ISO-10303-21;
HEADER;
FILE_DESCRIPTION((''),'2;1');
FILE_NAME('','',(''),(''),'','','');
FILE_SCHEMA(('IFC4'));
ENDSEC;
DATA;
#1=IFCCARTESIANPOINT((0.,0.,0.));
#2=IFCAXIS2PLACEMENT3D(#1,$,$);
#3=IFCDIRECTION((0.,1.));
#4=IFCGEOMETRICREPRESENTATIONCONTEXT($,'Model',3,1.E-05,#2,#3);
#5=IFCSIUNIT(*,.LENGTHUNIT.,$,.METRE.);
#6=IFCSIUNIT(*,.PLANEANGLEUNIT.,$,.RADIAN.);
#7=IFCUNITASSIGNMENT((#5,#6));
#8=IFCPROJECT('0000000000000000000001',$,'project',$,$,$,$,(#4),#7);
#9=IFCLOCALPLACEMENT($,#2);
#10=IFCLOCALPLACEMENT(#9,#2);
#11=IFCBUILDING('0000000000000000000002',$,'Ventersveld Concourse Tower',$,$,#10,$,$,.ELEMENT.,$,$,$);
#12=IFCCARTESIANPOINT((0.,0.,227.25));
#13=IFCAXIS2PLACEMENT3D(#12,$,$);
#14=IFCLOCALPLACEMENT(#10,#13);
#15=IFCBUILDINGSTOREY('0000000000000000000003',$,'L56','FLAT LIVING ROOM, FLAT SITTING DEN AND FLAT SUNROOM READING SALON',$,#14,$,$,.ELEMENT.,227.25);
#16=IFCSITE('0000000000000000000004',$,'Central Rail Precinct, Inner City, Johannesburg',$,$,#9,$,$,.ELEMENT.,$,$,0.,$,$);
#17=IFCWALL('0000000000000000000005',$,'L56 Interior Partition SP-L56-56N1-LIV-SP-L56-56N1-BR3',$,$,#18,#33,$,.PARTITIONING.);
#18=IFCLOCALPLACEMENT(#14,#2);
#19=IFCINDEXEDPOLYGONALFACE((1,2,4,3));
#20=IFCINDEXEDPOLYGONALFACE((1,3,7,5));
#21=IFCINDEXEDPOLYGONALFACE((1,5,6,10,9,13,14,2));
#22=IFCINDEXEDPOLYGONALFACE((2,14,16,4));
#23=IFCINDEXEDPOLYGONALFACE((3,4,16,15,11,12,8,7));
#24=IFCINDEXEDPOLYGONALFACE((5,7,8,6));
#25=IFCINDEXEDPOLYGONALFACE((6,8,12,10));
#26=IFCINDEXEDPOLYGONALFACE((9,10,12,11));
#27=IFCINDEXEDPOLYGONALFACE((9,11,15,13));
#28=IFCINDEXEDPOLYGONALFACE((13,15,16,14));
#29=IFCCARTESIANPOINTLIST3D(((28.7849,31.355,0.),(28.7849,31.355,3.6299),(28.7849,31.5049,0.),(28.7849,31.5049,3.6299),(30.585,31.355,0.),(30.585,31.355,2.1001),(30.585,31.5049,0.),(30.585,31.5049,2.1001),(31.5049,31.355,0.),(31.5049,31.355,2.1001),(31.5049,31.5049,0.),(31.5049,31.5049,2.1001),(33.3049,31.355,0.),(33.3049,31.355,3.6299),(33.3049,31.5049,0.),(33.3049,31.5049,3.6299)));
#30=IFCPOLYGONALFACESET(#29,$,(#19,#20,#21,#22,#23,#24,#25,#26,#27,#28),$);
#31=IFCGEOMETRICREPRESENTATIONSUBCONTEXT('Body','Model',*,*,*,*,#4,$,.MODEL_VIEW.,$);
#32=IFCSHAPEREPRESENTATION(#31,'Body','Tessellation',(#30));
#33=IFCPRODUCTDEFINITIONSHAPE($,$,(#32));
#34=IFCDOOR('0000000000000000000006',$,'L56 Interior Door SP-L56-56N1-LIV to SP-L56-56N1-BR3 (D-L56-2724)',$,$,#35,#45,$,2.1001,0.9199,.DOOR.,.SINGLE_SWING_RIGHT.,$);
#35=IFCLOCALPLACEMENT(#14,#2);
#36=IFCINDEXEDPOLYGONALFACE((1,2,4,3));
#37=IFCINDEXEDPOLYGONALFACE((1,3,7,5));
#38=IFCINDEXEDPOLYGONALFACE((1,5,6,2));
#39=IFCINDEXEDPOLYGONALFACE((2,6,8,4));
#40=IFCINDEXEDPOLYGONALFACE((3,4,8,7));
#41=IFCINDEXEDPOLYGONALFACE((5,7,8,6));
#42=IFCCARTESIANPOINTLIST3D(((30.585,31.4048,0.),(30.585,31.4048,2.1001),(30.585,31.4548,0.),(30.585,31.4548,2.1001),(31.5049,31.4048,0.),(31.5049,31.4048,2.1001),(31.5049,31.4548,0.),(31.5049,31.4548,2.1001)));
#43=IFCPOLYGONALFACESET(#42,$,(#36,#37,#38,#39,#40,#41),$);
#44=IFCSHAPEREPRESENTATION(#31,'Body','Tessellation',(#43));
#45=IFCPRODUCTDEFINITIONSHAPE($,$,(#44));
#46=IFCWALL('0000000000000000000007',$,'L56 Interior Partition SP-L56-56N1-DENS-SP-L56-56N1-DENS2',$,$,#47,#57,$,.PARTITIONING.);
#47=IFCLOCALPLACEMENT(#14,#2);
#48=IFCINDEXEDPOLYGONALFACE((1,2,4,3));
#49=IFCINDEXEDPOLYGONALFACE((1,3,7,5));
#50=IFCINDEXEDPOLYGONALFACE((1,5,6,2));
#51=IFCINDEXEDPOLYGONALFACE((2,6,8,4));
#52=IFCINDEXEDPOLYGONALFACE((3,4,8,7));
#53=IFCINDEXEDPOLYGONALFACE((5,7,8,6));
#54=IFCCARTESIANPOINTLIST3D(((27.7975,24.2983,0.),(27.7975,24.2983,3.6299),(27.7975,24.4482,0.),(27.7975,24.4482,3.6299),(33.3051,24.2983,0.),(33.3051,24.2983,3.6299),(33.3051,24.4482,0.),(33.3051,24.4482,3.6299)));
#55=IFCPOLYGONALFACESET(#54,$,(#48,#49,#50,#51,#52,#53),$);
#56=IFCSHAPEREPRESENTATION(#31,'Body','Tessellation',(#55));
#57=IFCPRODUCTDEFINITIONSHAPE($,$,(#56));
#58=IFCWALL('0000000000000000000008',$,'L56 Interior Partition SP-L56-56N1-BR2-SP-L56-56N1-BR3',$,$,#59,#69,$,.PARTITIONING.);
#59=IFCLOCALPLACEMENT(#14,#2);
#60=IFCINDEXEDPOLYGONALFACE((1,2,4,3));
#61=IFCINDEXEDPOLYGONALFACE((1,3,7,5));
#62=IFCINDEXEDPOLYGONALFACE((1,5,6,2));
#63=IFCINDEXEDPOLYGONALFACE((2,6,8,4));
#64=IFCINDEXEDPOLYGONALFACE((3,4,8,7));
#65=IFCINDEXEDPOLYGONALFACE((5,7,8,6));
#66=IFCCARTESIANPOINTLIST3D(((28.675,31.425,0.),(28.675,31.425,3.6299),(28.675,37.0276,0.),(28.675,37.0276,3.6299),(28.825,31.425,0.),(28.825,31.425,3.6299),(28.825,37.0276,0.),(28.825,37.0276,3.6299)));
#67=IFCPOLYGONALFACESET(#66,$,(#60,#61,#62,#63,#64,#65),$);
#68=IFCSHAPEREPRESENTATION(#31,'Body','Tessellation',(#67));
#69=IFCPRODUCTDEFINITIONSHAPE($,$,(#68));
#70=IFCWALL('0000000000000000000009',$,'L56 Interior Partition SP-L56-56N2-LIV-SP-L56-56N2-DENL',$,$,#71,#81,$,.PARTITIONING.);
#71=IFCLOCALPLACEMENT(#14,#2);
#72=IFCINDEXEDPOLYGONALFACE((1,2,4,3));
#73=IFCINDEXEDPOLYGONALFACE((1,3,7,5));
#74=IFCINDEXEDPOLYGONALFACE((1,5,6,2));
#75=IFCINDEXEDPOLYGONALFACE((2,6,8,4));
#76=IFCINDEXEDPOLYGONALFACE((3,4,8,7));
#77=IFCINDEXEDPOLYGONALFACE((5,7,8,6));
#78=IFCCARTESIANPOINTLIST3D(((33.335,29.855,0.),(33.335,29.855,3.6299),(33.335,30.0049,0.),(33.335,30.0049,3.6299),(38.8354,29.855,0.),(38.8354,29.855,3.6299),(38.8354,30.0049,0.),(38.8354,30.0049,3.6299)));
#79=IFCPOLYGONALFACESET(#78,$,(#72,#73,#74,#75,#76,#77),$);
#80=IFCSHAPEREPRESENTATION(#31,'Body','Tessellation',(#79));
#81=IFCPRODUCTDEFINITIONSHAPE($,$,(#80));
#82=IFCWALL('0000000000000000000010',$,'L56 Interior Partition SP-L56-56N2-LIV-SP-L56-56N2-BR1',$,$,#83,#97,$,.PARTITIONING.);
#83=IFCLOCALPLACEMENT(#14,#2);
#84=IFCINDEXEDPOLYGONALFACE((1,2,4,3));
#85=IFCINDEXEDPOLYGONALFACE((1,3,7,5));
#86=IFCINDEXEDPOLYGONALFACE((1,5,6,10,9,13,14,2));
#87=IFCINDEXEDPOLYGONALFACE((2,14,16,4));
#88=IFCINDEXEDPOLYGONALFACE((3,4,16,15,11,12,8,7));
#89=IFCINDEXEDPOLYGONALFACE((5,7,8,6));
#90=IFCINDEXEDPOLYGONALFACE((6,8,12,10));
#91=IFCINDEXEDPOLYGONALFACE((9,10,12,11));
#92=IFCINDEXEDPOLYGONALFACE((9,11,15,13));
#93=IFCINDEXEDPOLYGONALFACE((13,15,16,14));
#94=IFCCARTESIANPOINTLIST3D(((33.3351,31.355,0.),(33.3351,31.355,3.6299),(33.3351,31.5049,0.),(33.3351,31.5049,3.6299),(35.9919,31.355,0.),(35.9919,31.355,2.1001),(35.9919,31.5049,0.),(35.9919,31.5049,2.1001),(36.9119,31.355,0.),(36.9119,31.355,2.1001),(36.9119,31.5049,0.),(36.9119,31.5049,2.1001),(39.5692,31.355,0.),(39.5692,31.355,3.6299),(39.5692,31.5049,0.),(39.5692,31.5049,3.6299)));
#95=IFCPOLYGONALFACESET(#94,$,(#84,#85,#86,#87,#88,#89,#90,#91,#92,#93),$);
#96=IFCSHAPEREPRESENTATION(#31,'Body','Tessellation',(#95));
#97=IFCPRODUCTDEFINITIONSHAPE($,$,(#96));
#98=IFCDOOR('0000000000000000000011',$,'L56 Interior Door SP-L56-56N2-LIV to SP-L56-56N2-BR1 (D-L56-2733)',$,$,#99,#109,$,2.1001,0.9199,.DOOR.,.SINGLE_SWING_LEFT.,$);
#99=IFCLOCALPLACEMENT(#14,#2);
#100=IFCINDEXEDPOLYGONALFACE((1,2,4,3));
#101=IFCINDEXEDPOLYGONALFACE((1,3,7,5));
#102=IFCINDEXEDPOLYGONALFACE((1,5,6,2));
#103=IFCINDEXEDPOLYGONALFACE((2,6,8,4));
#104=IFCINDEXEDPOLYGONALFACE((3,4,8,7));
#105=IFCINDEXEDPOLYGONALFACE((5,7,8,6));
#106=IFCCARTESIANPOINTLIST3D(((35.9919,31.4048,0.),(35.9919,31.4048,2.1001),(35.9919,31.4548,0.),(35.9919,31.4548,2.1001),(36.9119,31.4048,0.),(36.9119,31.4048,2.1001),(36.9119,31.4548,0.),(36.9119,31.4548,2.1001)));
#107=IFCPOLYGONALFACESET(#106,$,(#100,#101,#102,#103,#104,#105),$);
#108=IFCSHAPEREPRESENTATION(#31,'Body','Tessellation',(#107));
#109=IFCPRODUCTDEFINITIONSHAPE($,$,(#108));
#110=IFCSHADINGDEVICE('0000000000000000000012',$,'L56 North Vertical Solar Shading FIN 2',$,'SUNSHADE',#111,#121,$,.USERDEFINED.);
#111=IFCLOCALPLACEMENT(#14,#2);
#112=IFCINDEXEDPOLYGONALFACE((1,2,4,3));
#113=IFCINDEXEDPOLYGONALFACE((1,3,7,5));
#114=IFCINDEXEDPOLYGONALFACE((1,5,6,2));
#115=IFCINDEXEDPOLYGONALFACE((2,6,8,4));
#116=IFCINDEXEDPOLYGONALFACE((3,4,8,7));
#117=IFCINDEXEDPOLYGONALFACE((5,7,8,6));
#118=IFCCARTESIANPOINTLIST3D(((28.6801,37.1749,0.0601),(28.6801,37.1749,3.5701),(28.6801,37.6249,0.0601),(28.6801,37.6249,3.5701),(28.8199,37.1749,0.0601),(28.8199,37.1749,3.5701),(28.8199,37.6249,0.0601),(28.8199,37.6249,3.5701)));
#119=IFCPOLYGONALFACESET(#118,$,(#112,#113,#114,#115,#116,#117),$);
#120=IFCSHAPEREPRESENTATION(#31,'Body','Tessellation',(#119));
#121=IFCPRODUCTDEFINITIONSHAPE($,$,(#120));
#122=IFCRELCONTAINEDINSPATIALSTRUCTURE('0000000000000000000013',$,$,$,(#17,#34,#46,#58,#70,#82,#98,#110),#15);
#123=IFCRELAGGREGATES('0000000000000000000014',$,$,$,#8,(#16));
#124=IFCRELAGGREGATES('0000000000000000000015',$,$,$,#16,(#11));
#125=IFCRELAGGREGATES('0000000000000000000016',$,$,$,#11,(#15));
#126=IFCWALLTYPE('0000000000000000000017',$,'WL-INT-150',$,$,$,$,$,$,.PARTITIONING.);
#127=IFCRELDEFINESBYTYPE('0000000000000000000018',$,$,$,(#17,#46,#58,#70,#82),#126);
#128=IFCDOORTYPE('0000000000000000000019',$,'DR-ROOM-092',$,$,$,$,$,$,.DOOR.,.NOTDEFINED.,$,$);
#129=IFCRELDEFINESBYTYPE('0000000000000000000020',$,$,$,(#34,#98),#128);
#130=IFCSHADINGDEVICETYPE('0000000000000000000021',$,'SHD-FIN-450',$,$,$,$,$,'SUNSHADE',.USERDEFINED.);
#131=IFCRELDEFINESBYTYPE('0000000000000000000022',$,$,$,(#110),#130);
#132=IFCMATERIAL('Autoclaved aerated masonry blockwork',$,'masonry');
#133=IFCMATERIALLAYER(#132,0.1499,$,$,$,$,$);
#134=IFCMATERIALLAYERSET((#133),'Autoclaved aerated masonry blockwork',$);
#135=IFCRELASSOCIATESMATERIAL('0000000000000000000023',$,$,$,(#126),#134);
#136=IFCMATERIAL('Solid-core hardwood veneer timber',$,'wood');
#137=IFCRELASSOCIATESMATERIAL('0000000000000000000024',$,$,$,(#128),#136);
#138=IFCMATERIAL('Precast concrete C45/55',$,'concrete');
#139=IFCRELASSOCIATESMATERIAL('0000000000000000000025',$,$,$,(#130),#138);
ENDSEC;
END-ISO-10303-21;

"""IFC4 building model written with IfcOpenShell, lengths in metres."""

from ifc_helpers import new_model, si_unit, direction, frame, frame_2d, origin, origin_2d, place, context, subcontext, project, spatial, rectangle, extrude, material, layer, layer_set, type_object, element, fill, save


model = new_model("IFC4")

# Units and contexts
model_context = context("Model", 3, precision=1e-05, world=origin(), true_north=direction((0.0, 1.0)))
body_context = subcontext(model_context, "Body", "Model", "MODEL_VIEW")
ifc_project = project(units=[si_unit("LENGTHUNIT", "METRE"), si_unit("PLANEANGLEUNIT", "RADIAN")], contexts=[model_context])

# Site, building, storey
site_placement = place(None, origin())
site = spatial("IfcSite", under=ifc_project, at=site_placement, Name="Central Rail Precinct, Inner City, Johannesburg", CompositionType="ELEMENT", RefElevation=0.0)
building_placement = place(site_placement, origin())
building = spatial("IfcBuilding", under=site, at=building_placement, Name="Ventersveld Concourse Tower", CompositionType="ELEMENT")
storey_placement = place(building_placement, frame((0.0, 0.0, 227.25)))
storey = spatial("IfcBuildingStorey", under=building, at=storey_placement, Name="L56", Description="FLAT LIVING ROOM, FLAT SITTING DEN AND FLAT SUNROOM READING SALON", CompositionType="ELEMENT", Elevation=227.25)

# Shared definitions
ifc_material_1 = material(Name="Autoclaved aerated masonry blockwork", Category="masonry")
ifc_layer_1 = layer(ifc_material_1, 0.1499)
ifc_layer_set_1 = layer_set([ifc_layer_1], Name="Autoclaved aerated masonry blockwork")
wall_type_1 = type_object("IfcWallType", Name="WL-INT-150", PredefinedType="PARTITIONING", material=ifc_layer_set_1)
ifc_material_2 = material(Name="Solid-core hardwood veneer timber", Category="wood")
door_type = type_object("IfcDoorType", Name="DR-ROOM-092", OperationType="NOTDEFINED", PredefinedType="DOOR", material=ifc_material_2)

# Wall, opening, door
wall_1_placement = place(storey_placement, frame((28.7849, 31.4299, 0.0), z_axis=(0.0, 0.0, 1.0), x_axis=(1.0, 0.0, 0.0)))
wall_1 = element("IfcWall", 1, at=wall_1_placement, inside=storey, type_object=wall_type_1, Name="L56 Interior Partition SP-L56-56N1-LIV-SP-L56-56N1-BR3", PredefinedType="PARTITIONING", context=body_context, shape_type="SweptSolid", body=[
    extrude(rectangle(XDim=4.52, YDim=0.1499, at=frame_2d((2.26, 0.0))), origin(), (0.0, 0.0, 1.0), 3.6299),
])
opening_1_placement = place(wall_1_placement, frame((1.8, 0.0, 0.0)))
opening_1 = element("IfcOpeningElement", 2, at=opening_1_placement, cuts=wall_1, PredefinedType="OPENING", context=body_context, shape_type="SweptSolid", body=[
    extrude(rectangle(XDim=0.9199, YDim=2.1001, at=frame_2d((0.46, 1.05))), frame((0.0, 0.085, 0.0), z_axis=(0.0, -1.0, 0.0), x_axis=(1.0, 0.0, 0.0)), (0.0, 0.0, 1.0), 0.1699),
])
door_1_placement = place(opening_1_placement, origin())
door_1 = element("IfcDoor", 3, at=door_1_placement, inside=storey, type_object=door_type, Name="L56 Interior Door SP-L56-56N1-LIV to SP-L56-56N1-BR3 (D-L56-2724)", OperationType="SINGLE_SWING_RIGHT", OverallHeight=2.1001, OverallWidth=0.9199, PredefinedType="DOOR", context=body_context, shape_type="SweptSolid", body=[
    extrude(rectangle(XDim=0.9199, YDim=2.1001, at=frame_2d((0.46, 1.05))), frame((0.0, 0.0249, 0.0), z_axis=(0.0, -1.0, 0.0), x_axis=(1.0, 0.0, 0.0)), (0.0, 0.0, 1.0), 0.05),
])
fill(opening_1, door_1)

# Walls
wall_2_placement = place(storey_placement, frame((27.7974, 24.3733, 0.0), z_axis=(0.0, 0.0, 1.0), x_axis=(1.0, 0.0, 0.0)))
element("IfcWall", 4, at=wall_2_placement, inside=storey, type_object=wall_type_1, Name="L56 Interior Partition SP-L56-56N1-DENS-SP-L56-56N1-DENS2", PredefinedType="PARTITIONING", context=body_context, shape_type="SweptSolid", body=[
    extrude(rectangle(XDim=5.5076, YDim=0.1499, at=frame_2d((2.7539, 0.0))), origin(), (0.0, 0.0, 1.0), 3.6299),
])
wall_3_placement = place(storey_placement, frame((28.75, 31.425, 0.0), z_axis=(0.0, 0.0, 1.0), x_axis=(0.0, 1.0, 0.0)))
element("IfcWall", 5, at=wall_3_placement, inside=storey, type_object=wall_type_1, Name="L56 Interior Partition SP-L56-56N1-BR2-SP-L56-56N1-BR3", PredefinedType="PARTITIONING", context=body_context, shape_type="SweptSolid", body=[
    extrude(rectangle(XDim=5.6025, YDim=0.1499, at=frame_2d((2.8013, 0.0))), origin(), (0.0, 0.0, 1.0), 3.6299),
])
wall_4_placement = place(storey_placement, frame((33.335, 29.9299, 0.0), z_axis=(0.0, 0.0, 1.0), x_axis=(1.0, 0.0, 0.0)))
element("IfcWall", 6, at=wall_4_placement, inside=storey, type_object=wall_type_1, Name="L56 Interior Partition SP-L56-56N2-LIV-SP-L56-56N2-DENL", PredefinedType="PARTITIONING", context=body_context, shape_type="SweptSolid", body=[
    extrude(rectangle(XDim=5.5005, YDim=0.1499, at=frame_2d((2.7502, 0.0))), origin(), (0.0, 0.0, 1.0), 3.6299),
])

# Wall, opening, door
wall_5_placement = place(storey_placement, frame((33.335, 31.4299, 0.0), z_axis=(0.0, 0.0, 1.0), x_axis=(1.0, 0.0, 0.0)))
wall_5 = element("IfcWall", 7, at=wall_5_placement, inside=storey, type_object=wall_type_1, Name="L56 Interior Partition SP-L56-56N2-LIV-SP-L56-56N2-BR1", PredefinedType="PARTITIONING", context=body_context, shape_type="SweptSolid", body=[
    extrude(rectangle(XDim=6.2341, YDim=0.1499, at=frame_2d((3.1172, 0.0))), origin(), (0.0, 0.0, 1.0), 3.6299),
])
opening_2_placement = place(wall_5_placement, frame((2.657, 0.0, 0.0)))
opening_2 = element("IfcOpeningElement", 8, at=opening_2_placement, cuts=wall_5, PredefinedType="OPENING", context=body_context, shape_type="SweptSolid", body=[
    extrude(rectangle(XDim=0.9199, YDim=2.1001, at=frame_2d((0.46, 1.05))), frame((0.0, 0.085, 0.0), z_axis=(0.0, -1.0, 0.0), x_axis=(1.0, 0.0, 0.0)), (0.0, 0.0, 1.0), 0.1699),
])
door_2_placement = place(opening_2_placement, origin())
door_2 = element("IfcDoor", 9, at=door_2_placement, inside=storey, type_object=door_type, Name="L56 Interior Door SP-L56-56N2-LIV to SP-L56-56N2-BR1 (D-L56-2733)", OperationType="SINGLE_SWING_LEFT", OverallHeight=2.1001, OverallWidth=0.9199, PredefinedType="DOOR", context=body_context, shape_type="SweptSolid", body=[
    extrude(rectangle(XDim=0.9199, YDim=2.1001, at=frame_2d((0.46, 1.05))), frame((0.0, 0.0249, 0.0), z_axis=(0.0, -1.0, 0.0), x_axis=(1.0, 0.0, 0.0)), (0.0, 0.0, 1.0), 0.05),
])
fill(opening_2, door_2)

# Shading device
ifc_material_3 = material(Name="Precast concrete C45/55", Category="concrete")
shading_device_type = type_object("IfcShadingDeviceType", Name="SHD-FIN-450", ElementType="SUNSHADE", PredefinedType="USERDEFINED", material=ifc_material_3)
shading_device_placement = place(storey_placement, frame((28.75, 37.3999, 0.0601), z_axis=(0.0, 0.0, 1.0), x_axis=(1.0, 0.0, 0.0)))
element("IfcShadingDevice", 10, at=shading_device_placement, inside=storey, type_object=shading_device_type, Name="L56 North Vertical Solar Shading FIN 2", ObjectType="SUNSHADE", PredefinedType="USERDEFINED", context=body_context, shape_type="SweptSolid", body=[
    extrude(rectangle(XDim=0.1399, YDim=0.45, at=origin_2d()), origin(), (0.0, 0.0, 1.0), 3.51),
])

save(model, "model.ifc")
